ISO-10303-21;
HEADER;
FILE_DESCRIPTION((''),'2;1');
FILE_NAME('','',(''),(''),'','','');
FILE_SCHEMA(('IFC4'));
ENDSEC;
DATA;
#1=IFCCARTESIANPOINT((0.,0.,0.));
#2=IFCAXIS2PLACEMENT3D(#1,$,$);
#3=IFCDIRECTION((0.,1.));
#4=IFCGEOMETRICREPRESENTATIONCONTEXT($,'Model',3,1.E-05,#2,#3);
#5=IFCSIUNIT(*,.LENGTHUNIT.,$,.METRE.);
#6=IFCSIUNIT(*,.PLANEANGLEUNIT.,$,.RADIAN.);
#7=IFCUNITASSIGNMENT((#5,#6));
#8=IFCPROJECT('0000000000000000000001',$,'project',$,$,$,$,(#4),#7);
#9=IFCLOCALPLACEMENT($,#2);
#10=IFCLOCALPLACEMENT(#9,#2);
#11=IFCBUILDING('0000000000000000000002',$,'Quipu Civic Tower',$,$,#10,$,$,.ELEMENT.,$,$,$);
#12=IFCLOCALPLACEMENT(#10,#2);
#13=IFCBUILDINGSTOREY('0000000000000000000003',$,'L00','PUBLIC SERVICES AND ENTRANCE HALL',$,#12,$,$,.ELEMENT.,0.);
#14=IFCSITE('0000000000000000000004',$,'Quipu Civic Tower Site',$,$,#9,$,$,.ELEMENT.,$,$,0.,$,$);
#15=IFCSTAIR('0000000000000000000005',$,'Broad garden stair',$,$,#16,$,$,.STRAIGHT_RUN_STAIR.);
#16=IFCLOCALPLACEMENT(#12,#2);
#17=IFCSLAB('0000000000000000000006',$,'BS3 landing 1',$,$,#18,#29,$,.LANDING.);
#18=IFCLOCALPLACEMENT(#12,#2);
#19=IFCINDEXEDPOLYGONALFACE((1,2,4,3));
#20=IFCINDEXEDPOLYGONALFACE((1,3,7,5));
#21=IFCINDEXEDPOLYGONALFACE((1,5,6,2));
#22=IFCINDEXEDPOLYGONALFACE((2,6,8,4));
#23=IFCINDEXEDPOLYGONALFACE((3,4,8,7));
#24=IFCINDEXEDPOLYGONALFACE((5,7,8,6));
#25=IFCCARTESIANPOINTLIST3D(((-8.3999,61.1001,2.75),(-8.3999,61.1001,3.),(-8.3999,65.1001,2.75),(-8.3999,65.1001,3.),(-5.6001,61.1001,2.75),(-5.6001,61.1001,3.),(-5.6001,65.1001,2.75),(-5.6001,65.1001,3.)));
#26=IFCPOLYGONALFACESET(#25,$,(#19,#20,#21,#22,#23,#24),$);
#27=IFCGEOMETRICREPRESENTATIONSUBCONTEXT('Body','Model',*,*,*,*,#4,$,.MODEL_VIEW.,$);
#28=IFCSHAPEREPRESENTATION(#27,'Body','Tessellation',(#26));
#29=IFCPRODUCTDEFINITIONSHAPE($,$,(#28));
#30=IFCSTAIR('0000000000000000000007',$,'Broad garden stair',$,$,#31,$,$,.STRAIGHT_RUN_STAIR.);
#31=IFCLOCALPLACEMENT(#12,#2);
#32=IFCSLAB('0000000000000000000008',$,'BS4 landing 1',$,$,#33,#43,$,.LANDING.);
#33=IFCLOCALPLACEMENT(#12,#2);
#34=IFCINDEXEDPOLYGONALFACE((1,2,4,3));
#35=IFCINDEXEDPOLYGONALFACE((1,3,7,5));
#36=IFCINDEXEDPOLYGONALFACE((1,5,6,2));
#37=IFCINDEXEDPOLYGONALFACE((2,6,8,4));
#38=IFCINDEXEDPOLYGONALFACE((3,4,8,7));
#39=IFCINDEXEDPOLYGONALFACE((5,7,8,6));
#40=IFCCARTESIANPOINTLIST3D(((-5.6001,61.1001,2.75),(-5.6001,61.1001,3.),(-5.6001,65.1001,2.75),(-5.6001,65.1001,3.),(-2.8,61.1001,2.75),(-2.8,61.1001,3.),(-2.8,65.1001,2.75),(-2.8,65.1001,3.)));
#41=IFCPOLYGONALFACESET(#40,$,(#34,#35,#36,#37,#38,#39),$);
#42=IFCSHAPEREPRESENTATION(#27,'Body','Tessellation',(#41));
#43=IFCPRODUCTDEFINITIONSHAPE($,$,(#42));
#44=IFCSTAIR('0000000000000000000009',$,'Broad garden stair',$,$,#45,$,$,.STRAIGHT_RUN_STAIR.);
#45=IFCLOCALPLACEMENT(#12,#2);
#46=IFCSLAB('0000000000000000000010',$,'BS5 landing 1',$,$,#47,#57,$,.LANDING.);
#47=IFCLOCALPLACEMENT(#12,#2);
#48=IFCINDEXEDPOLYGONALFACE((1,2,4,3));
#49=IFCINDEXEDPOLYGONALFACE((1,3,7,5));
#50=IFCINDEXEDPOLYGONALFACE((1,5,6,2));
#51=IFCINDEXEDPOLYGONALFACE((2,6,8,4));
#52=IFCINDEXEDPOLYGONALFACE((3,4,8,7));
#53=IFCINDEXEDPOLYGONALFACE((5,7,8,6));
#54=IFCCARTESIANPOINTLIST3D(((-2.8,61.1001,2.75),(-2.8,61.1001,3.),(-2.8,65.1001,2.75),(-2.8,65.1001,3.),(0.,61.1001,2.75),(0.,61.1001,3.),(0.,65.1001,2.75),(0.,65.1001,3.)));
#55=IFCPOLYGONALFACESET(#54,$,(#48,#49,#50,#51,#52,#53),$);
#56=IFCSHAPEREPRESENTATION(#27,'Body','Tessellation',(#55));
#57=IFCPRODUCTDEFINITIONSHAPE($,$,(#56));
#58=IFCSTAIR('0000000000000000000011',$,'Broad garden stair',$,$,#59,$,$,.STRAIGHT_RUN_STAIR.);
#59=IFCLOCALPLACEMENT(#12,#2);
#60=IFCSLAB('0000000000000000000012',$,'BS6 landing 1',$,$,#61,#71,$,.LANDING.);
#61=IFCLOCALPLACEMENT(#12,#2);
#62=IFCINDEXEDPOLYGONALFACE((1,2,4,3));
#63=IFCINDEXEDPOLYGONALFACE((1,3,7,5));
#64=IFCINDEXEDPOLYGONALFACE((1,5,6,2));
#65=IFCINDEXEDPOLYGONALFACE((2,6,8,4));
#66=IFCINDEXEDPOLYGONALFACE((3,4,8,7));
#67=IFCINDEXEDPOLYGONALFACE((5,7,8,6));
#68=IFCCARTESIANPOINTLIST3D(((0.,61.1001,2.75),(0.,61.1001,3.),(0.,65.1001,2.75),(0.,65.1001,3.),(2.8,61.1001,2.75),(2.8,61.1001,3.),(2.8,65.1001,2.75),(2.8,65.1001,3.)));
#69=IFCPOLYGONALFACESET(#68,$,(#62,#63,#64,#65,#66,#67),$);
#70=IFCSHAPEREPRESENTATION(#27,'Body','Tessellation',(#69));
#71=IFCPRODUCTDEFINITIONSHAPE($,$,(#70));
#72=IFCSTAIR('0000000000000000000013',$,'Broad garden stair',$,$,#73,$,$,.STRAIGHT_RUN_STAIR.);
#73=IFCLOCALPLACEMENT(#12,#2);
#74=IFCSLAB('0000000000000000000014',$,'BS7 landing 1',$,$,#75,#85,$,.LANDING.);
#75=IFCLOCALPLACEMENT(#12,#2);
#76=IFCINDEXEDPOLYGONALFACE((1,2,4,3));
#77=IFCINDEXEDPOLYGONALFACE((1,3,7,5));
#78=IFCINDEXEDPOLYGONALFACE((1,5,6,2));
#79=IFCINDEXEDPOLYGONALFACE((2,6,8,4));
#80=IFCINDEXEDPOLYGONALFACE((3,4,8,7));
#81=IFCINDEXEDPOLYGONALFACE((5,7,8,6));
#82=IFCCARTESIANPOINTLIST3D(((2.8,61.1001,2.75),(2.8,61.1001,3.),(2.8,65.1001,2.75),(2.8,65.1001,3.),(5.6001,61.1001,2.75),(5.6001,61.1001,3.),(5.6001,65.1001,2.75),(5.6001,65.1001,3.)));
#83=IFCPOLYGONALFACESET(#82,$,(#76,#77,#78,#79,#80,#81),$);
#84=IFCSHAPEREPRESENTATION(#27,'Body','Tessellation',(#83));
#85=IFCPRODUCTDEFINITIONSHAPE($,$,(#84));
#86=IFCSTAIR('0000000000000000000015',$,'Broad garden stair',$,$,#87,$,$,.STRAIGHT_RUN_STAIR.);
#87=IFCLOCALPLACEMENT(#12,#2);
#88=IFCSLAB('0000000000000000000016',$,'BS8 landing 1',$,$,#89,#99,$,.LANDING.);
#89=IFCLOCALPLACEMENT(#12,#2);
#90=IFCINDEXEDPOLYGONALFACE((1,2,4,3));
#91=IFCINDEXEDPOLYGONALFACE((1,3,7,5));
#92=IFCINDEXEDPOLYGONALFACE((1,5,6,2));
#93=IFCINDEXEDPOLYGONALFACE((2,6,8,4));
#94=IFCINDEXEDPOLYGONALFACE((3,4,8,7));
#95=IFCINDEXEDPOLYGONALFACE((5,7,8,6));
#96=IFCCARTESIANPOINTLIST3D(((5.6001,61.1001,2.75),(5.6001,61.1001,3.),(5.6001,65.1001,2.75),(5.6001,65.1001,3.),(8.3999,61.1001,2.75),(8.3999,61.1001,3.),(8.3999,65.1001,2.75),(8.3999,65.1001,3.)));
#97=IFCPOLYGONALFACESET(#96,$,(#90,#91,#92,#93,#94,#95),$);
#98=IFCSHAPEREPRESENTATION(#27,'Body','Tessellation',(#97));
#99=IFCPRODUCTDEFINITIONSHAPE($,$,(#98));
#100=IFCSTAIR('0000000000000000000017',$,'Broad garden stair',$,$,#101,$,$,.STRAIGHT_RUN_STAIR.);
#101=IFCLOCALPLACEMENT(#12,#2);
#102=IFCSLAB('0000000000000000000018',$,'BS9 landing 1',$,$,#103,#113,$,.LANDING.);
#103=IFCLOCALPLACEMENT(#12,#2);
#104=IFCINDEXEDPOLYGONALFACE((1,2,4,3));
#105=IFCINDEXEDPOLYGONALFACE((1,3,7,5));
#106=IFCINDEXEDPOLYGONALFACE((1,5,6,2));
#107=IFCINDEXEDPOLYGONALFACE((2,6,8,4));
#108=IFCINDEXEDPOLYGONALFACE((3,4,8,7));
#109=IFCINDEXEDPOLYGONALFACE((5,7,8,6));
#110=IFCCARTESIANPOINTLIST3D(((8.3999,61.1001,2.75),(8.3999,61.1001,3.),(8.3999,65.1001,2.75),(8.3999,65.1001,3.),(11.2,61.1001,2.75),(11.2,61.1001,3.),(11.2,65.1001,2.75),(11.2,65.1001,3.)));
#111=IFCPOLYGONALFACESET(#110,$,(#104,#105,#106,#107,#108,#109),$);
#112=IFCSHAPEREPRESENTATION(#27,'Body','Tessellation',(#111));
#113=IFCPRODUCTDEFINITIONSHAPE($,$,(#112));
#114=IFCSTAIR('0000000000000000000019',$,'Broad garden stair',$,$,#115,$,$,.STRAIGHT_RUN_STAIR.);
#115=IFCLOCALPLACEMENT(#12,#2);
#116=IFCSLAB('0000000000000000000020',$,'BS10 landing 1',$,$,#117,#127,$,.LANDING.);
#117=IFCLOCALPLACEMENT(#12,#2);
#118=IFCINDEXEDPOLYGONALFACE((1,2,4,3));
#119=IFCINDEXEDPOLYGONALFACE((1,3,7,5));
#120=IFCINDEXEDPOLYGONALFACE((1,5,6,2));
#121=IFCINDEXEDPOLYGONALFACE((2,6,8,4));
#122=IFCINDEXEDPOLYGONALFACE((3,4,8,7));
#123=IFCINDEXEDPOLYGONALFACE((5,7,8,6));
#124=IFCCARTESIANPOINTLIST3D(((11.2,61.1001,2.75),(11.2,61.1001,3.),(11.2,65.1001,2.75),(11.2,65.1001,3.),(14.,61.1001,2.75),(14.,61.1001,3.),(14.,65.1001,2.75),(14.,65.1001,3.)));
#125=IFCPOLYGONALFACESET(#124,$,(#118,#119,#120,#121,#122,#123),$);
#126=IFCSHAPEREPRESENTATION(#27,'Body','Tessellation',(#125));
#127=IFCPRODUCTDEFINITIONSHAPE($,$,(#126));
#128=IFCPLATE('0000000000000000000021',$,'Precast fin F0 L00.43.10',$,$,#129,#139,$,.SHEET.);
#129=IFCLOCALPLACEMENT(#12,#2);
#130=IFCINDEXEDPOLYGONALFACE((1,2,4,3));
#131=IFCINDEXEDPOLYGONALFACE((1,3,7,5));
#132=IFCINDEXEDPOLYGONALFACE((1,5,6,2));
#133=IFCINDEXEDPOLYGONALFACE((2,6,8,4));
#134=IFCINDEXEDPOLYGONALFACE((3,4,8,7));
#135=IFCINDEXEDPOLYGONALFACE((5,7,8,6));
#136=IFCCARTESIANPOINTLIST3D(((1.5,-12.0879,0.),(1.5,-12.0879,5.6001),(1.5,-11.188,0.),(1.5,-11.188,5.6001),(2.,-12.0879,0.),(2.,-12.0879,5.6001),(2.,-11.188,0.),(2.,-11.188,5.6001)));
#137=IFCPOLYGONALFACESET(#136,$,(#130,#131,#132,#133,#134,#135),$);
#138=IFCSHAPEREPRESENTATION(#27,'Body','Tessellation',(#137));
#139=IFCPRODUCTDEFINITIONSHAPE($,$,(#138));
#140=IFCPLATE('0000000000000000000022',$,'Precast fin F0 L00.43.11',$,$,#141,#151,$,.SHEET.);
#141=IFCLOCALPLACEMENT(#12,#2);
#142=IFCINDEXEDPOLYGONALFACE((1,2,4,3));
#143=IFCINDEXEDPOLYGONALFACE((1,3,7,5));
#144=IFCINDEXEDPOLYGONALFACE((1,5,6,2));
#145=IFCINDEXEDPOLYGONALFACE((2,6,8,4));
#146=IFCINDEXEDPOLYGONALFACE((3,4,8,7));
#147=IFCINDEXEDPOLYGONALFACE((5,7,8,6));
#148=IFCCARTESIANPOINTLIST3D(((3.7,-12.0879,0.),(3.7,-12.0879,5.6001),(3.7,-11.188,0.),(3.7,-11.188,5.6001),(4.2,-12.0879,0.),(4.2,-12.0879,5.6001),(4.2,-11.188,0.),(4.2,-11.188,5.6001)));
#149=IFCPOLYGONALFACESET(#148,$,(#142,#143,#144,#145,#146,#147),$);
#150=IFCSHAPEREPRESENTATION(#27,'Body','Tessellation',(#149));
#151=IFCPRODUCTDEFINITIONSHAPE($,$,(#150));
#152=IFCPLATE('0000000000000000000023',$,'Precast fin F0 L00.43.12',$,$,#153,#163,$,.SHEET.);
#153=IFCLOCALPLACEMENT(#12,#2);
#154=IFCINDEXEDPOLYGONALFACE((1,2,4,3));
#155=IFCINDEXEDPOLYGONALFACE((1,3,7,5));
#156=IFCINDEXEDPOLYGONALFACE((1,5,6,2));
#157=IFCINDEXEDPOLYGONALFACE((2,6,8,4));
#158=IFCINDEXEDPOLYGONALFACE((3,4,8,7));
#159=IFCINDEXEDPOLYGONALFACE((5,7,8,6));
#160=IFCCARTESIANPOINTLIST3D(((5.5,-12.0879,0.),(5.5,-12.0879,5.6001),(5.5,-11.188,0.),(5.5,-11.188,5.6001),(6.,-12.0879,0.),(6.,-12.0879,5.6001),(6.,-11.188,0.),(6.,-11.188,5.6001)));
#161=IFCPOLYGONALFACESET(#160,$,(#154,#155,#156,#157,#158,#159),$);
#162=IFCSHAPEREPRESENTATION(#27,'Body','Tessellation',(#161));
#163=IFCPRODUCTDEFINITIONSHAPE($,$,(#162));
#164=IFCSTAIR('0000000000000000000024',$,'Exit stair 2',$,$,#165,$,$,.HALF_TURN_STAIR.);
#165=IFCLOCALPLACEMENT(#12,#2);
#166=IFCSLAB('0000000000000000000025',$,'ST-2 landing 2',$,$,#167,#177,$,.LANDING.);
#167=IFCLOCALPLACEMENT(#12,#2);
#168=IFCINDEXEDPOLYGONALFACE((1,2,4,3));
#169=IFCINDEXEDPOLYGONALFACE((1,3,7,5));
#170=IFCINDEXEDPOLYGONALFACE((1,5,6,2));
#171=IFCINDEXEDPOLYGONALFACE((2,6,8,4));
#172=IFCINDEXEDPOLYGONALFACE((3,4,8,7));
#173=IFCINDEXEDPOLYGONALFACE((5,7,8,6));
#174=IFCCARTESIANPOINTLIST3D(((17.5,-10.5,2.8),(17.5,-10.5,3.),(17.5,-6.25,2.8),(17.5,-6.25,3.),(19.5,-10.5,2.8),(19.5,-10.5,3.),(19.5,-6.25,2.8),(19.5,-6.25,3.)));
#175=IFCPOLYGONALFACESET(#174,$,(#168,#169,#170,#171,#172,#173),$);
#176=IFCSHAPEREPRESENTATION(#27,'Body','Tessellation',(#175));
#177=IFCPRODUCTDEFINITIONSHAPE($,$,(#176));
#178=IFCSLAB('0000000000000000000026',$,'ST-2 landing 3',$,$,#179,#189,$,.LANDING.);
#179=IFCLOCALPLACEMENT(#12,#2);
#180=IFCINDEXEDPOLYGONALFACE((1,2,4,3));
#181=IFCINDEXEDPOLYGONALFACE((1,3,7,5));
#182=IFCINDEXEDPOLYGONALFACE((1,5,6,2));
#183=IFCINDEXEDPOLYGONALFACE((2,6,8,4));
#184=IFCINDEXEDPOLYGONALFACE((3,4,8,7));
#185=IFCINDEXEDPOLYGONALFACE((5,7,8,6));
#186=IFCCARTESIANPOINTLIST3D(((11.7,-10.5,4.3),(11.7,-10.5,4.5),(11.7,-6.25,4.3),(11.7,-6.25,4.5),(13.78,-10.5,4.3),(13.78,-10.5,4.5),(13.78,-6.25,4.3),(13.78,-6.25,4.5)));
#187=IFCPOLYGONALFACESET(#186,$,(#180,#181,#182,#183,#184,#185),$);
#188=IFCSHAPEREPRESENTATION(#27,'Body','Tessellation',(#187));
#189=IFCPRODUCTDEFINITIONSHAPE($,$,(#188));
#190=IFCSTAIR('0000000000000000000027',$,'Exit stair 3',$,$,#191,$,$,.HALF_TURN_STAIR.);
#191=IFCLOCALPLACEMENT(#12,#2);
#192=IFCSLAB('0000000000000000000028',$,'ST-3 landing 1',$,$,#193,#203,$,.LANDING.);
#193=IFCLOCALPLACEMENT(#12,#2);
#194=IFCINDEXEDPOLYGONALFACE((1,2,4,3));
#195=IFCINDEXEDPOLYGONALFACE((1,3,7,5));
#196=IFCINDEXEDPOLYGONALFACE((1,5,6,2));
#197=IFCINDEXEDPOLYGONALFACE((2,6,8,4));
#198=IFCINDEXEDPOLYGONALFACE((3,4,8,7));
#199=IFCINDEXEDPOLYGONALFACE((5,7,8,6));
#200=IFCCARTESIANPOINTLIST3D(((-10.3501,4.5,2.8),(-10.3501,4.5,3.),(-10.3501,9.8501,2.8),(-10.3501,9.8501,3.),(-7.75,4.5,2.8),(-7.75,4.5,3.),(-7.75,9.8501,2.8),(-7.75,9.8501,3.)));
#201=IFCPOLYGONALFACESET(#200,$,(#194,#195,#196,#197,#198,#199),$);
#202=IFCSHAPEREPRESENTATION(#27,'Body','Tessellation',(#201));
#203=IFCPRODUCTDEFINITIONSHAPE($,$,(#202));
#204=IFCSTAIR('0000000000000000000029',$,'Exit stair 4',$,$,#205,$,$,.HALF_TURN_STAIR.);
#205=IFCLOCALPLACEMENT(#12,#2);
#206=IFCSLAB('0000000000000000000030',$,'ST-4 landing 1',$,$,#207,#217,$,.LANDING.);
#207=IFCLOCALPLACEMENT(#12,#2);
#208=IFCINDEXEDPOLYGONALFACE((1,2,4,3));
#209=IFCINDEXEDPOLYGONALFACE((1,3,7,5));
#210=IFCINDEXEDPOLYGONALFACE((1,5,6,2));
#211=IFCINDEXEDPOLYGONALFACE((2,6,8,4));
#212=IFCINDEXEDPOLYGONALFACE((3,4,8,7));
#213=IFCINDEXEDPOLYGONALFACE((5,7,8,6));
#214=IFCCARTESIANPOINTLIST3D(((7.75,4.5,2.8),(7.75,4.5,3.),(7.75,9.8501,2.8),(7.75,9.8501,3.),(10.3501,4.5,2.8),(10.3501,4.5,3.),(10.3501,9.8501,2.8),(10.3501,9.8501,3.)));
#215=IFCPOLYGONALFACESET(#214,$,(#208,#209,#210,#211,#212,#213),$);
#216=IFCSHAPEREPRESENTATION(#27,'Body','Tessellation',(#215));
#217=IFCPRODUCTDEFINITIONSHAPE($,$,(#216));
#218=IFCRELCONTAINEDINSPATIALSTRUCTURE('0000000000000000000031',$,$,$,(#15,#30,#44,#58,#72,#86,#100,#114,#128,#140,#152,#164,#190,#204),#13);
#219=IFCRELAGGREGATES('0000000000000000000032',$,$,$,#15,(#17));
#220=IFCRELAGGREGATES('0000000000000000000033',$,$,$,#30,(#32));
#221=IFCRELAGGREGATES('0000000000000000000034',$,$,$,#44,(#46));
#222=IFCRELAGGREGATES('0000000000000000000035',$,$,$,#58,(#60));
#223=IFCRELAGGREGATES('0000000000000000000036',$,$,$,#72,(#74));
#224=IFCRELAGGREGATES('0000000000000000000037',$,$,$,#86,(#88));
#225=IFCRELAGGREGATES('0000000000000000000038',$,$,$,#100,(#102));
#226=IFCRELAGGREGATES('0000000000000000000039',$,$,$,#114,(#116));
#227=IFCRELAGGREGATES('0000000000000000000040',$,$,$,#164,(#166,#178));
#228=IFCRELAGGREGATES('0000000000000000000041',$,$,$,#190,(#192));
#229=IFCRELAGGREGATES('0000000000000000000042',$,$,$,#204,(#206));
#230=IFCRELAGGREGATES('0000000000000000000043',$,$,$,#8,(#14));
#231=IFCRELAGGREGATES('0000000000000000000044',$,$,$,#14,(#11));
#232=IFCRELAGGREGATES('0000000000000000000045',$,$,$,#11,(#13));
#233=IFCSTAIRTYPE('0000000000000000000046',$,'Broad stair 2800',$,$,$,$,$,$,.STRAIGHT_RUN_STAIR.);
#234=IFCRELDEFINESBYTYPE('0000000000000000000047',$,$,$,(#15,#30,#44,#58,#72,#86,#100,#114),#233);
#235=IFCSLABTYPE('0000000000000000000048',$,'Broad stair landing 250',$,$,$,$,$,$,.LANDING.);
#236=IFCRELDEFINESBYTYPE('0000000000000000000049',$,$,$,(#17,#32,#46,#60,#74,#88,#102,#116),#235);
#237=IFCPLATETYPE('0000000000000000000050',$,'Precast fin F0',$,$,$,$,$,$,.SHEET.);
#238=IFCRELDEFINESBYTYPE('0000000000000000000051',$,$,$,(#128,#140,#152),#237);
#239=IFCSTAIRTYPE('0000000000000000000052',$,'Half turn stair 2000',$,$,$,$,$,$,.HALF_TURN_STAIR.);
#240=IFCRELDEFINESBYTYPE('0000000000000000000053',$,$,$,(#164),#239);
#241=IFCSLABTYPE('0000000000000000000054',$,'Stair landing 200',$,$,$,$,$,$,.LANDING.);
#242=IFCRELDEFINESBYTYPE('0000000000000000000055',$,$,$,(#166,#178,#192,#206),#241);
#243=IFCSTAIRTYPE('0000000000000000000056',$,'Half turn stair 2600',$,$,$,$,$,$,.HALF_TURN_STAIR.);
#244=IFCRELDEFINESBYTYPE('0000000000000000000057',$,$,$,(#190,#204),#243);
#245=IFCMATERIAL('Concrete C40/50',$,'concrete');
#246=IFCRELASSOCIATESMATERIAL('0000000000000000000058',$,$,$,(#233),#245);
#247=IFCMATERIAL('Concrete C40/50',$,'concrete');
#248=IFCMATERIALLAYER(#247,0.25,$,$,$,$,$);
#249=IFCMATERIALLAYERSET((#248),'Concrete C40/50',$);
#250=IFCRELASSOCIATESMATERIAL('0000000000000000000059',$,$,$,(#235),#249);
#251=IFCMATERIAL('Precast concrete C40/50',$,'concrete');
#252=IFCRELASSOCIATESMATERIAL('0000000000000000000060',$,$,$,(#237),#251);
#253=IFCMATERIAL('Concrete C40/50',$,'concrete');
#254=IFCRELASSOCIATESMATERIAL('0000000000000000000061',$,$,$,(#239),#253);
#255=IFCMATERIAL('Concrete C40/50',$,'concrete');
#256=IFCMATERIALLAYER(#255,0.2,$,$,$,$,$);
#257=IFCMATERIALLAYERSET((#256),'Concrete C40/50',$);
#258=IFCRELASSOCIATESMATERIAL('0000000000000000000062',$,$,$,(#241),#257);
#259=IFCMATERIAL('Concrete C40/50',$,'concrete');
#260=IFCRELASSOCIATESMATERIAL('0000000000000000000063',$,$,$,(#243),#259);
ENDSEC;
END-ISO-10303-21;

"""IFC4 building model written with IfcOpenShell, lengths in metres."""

from ifc_helpers import new_model, si_unit, direction, frame, origin, origin_2d, place, context, subcontext, project, spatial, polyline, rectangle, outline, extrude, material, layer, layer_set, type_object, element, aggregate, save


model = new_model("IFC4")

# Units and contexts
model_context = context("Model", 3, precision=1e-05, world=origin(), true_north=direction((0.0, 1.0)))
body_context = subcontext(model_context, "Body", "Model", "MODEL_VIEW")
ifc_project = project(units=[si_unit("LENGTHUNIT", "METRE"), si_unit("PLANEANGLEUNIT", "RADIAN")], contexts=[model_context])

# Site, building, storey
site_placement = place(None, origin())
site = spatial("IfcSite", under=ifc_project, at=site_placement, Name="Quipu Civic Tower Site", CompositionType="ELEMENT", RefElevation=0.0)
building_placement = place(site_placement, origin())
building = spatial("IfcBuilding", under=site, at=building_placement, Name="Quipu Civic Tower", CompositionType="ELEMENT")
storey_placement = place(building_placement, origin())
storey = spatial("IfcBuildingStorey", under=building, at=storey_placement, Name="L00", Description="PUBLIC SERVICES AND ENTRANCE HALL", CompositionType="ELEMENT", Elevation=0.0)

# Stairs, slabs
ifc_material_1 = material(Name="Concrete C40/50", Category="concrete")
stair_type_1 = type_object("IfcStairType", Name="Broad stair 2800", PredefinedType="STRAIGHT_RUN_STAIR", material=ifc_material_1)
ifc_material_2 = material(Name="Concrete C40/50", Category="concrete")
ifc_layer_1 = layer(ifc_material_2, 0.25)
ifc_layer_set_1 = layer_set([ifc_layer_1], Name="Concrete C40/50")
slab_type_1 = type_object("IfcSlabType", Name="Broad stair landing 250", PredefinedType="LANDING", material=ifc_layer_set_1)
stair_1_placement = place(storey_placement, origin())
stair_1 = element("IfcStair", 1, at=stair_1_placement, inside=storey, type_object=stair_type_1, Name="Broad garden stair", PredefinedType="STRAIGHT_RUN_STAIR")
slab_1_placement = place(storey_placement, frame((0.0, 0.0, 2.75)))
slab_1 = element("IfcSlab", 2, at=slab_1_placement, type_object=slab_type_1, Name="BS3 landing 1", PredefinedType="LANDING", context=body_context, shape_type="SweptSolid", body=[
    extrude(outline(polyline([(-8.3999, 61.1001), (-5.6001, 61.1001), (-5.6001, 65.1001), (-8.3999, 65.1001), (-8.3999, 61.1001)])), origin(), (0.0, 0.0, 1.0), 0.25),
])
aggregate(stair_1, [slab_1])
stair_2_placement = place(storey_placement, origin())
stair_2 = element("IfcStair", 3, at=stair_2_placement, inside=storey, type_object=stair_type_1, Name="Broad garden stair", PredefinedType="STRAIGHT_RUN_STAIR")
slab_2_placement = place(storey_placement, frame((0.0, 0.0, 2.75)))
slab_2 = element("IfcSlab", 4, at=slab_2_placement, type_object=slab_type_1, Name="BS4 landing 1", PredefinedType="LANDING", context=body_context, shape_type="SweptSolid", body=[
    extrude(outline(polyline([(-5.6001, 61.1001), (-2.8, 61.1001), (-2.8, 65.1001), (-5.6001, 65.1001), (-5.6001, 61.1001)])), origin(), (0.0, 0.0, 1.0), 0.25),
])
aggregate(stair_2, [slab_2])
stair_3_placement = place(storey_placement, origin())
stair_3 = element("IfcStair", 5, at=stair_3_placement, inside=storey, type_object=stair_type_1, Name="Broad garden stair", PredefinedType="STRAIGHT_RUN_STAIR")
slab_3_placement = place(storey_placement, frame((0.0, 0.0, 2.75)))
slab_3 = element("IfcSlab", 6, at=slab_3_placement, type_object=slab_type_1, Name="BS5 landing 1", PredefinedType="LANDING", context=body_context, shape_type="SweptSolid", body=[
    extrude(outline(polyline([(-2.8, 61.1001), (0.0, 61.1001), (0.0, 65.1001), (-2.8, 65.1001), (-2.8, 61.1001)])), origin(), (0.0, 0.0, 1.0), 0.25),
])
aggregate(stair_3, [slab_3])
stair_4_placement = place(storey_placement, origin())
stair_4 = element("IfcStair", 7, at=stair_4_placement, inside=storey, type_object=stair_type_1, Name="Broad garden stair", PredefinedType="STRAIGHT_RUN_STAIR")
slab_4_placement = place(storey_placement, frame((0.0, 0.0, 2.75)))
slab_4 = element("IfcSlab", 8, at=slab_4_placement, type_object=slab_type_1, Name="BS6 landing 1", PredefinedType="LANDING", context=body_context, shape_type="SweptSolid", body=[
    extrude(outline(polyline([(0.0, 61.1001), (2.8, 61.1001), (2.8, 65.1001), (0.0, 65.1001), (0.0, 61.1001)])), origin(), (0.0, 0.0, 1.0), 0.25),
])
aggregate(stair_4, [slab_4])
stair_5_placement = place(storey_placement, origin())
stair_5 = element("IfcStair", 9, at=stair_5_placement, inside=storey, type_object=stair_type_1, Name="Broad garden stair", PredefinedType="STRAIGHT_RUN_STAIR")
slab_5_placement = place(storey_placement, frame((0.0, 0.0, 2.75)))
slab_5 = element("IfcSlab", 10, at=slab_5_placement, type_object=slab_type_1, Name="BS7 landing 1", PredefinedType="LANDING", context=body_context, shape_type="SweptSolid", body=[
    extrude(outline(polyline([(2.8, 61.1001), (5.6001, 61.1001), (5.6001, 65.1001), (2.8, 65.1001), (2.8, 61.1001)])), origin(), (0.0, 0.0, 1.0), 0.25),
])
aggregate(stair_5, [slab_5])
stair_6_placement = place(storey_placement, origin())
stair_6 = element("IfcStair", 11, at=stair_6_placement, inside=storey, type_object=stair_type_1, Name="Broad garden stair", PredefinedType="STRAIGHT_RUN_STAIR")
slab_6_placement = place(storey_placement, frame((0.0, 0.0, 2.75)))
slab_6 = element("IfcSlab", 12, at=slab_6_placement, type_object=slab_type_1, Name="BS8 landing 1", PredefinedType="LANDING", context=body_context, shape_type="SweptSolid", body=[
    extrude(outline(polyline([(5.6001, 61.1001), (8.3999, 61.1001), (8.3999, 65.1001), (5.6001, 65.1001), (5.6001, 61.1001)])), origin(), (0.0, 0.0, 1.0), 0.25),
])
aggregate(stair_6, [slab_6])
stair_7_placement = place(storey_placement, origin())
stair_7 = element("IfcStair", 13, at=stair_7_placement, inside=storey, type_object=stair_type_1, Name="Broad garden stair", PredefinedType="STRAIGHT_RUN_STAIR")
slab_7_placement = place(storey_placement, frame((0.0, 0.0, 2.75)))
slab_7 = element("IfcSlab", 14, at=slab_7_placement, type_object=slab_type_1, Name="BS9 landing 1", PredefinedType="LANDING", context=body_context, shape_type="SweptSolid", body=[
    extrude(outline(polyline([(8.3999, 61.1001), (11.2, 61.1001), (11.2, 65.1001), (8.3999, 65.1001), (8.3999, 61.1001)])), origin(), (0.0, 0.0, 1.0), 0.25),
])
aggregate(stair_7, [slab_7])
stair_8_placement = place(storey_placement, origin())
stair_8 = element("IfcStair", 15, at=stair_8_placement, inside=storey, type_object=stair_type_1, Name="Broad garden stair", PredefinedType="STRAIGHT_RUN_STAIR")
slab_8_placement = place(storey_placement, frame((0.0, 0.0, 2.75)))
slab_8 = element("IfcSlab", 16, at=slab_8_placement, type_object=slab_type_1, Name="BS10 landing 1", PredefinedType="LANDING", context=body_context, shape_type="SweptSolid", body=[
    extrude(outline(polyline([(11.2, 61.1001), (14.0, 61.1001), (14.0, 65.1001), (11.2, 65.1001), (11.2, 61.1001)])), origin(), (0.0, 0.0, 1.0), 0.25),
])
aggregate(stair_8, [slab_8])

# Plates
ifc_material_3 = material(Name="Precast concrete C40/50", Category="concrete")
plate_type = type_object("IfcPlateType", Name="Precast fin F0", PredefinedType="SHEET", material=ifc_material_3)
for number, where, z_axis, x_axis, name in (
    (17, (1.75, -11.6379, 0.0), (0.0, 0.0, 1.0), (1.0, 0.0, 0.0), "Precast fin F0 L00.43.10"),
    (18, (3.95, -11.6379, 0.0), (0.0, 0.0, 1.0), (1.0, 0.0, 0.0), "Precast fin F0 L00.43.11"),
    (19, (5.75, -11.6379, 0.0), (0.0, 0.0, 1.0), (1.0, 0.0, 0.0), "Precast fin F0 L00.43.12"),
):
    element("IfcPlate", number, at=place(storey_placement, frame(where, z_axis=z_axis, x_axis=x_axis)), inside=storey, type_object=plate_type, Name=name, PredefinedType="SHEET", context=body_context, shape_type="SweptSolid", body=[
        extrude(rectangle(XDim=0.5, YDim=0.8999, at=origin_2d()), origin(), (0.0, 0.0, 1.0), 5.6001),
    ])

# Stair, slabs
ifc_material_4 = material(Name="Concrete C40/50", Category="concrete")
stair_type_2 = type_object("IfcStairType", Name="Half turn stair 2000", PredefinedType="HALF_TURN_STAIR", material=ifc_material_4)
stair_9_placement = place(storey_placement, origin())
stair_9 = element("IfcStair", 20, at=stair_9_placement, inside=storey, type_object=stair_type_2, Name="Exit stair 2", PredefinedType="HALF_TURN_STAIR")
ifc_material_5 = material(Name="Concrete C40/50", Category="concrete")
ifc_layer_2 = layer(ifc_material_5, 0.2)
ifc_layer_set_2 = layer_set([ifc_layer_2], Name="Concrete C40/50")
slab_type_2 = type_object("IfcSlabType", Name="Stair landing 200", PredefinedType="LANDING", material=ifc_layer_set_2)
slab_9_placement = place(storey_placement, frame((0.0, 0.0, 2.8)))
slab_9 = element("IfcSlab", 21, at=slab_9_placement, type_object=slab_type_2, Name="ST-2 landing 2", PredefinedType="LANDING", context=body_context, shape_type="SweptSolid", body=[
    extrude(outline(polyline([(19.5, -6.25), (17.5, -6.25), (17.5, -10.5), (19.5, -10.5), (19.5, -6.25)])), origin(), (0.0, 0.0, 1.0), 0.2),
])
slab_10_placement = place(storey_placement, frame((0.0, 0.0, 4.3)))
slab_10 = element("IfcSlab", 22, at=slab_10_placement, type_object=slab_type_2, Name="ST-2 landing 3", PredefinedType="LANDING", context=body_context, shape_type="SweptSolid", body=[
    extrude(outline(polyline([(13.78, -6.25), (11.7, -6.25), (11.7, -10.5), (13.78, -10.5), (13.78, -6.25)])), origin(), (0.0, 0.0, 1.0), 0.2),
])
aggregate(stair_9, [slab_9, slab_10])

# Stairs, slabs
ifc_material_6 = material(Name="Concrete C40/50", Category="concrete")
stair_type_3 = type_object("IfcStairType", Name="Half turn stair 2600", PredefinedType="HALF_TURN_STAIR", material=ifc_material_6)
stair_10_placement = place(storey_placement, origin())
stair_10 = element("IfcStair", 23, at=stair_10_placement, inside=storey, type_object=stair_type_3, Name="Exit stair 3", PredefinedType="HALF_TURN_STAIR")
slab_11_placement = place(storey_placement, frame((0.0, 0.0, 2.8)))
slab_11 = element("IfcSlab", 24, at=slab_11_placement, type_object=slab_type_2, Name="ST-3 landing 1", PredefinedType="LANDING", context=body_context, shape_type="SweptSolid", body=[
    extrude(outline(polyline([(-10.3501, 4.5), (-7.75, 4.5), (-7.75, 9.8501), (-10.3501, 9.8501), (-10.3501, 4.5)])), origin(), (0.0, 0.0, 1.0), 0.2),
])
aggregate(stair_10, [slab_11])
stair_11_placement = place(storey_placement, origin())
stair_11 = element("IfcStair", 25, at=stair_11_placement, inside=storey, type_object=stair_type_3, Name="Exit stair 4", PredefinedType="HALF_TURN_STAIR")
slab_12_placement = place(storey_placement, frame((0.0, 0.0, 2.8)))
slab_12 = element("IfcSlab", 26, at=slab_12_placement, type_object=slab_type_2, Name="ST-4 landing 1", PredefinedType="LANDING", context=body_context, shape_type="SweptSolid", body=[
    extrude(outline(polyline([(10.3501, 9.8501), (7.75, 9.8501), (7.75, 4.5), (10.3501, 4.5), (10.3501, 9.8501)])), origin(), (0.0, 0.0, 1.0), 0.2),
])
aggregate(stair_11, [slab_12])

save(model, "model.ifc")
